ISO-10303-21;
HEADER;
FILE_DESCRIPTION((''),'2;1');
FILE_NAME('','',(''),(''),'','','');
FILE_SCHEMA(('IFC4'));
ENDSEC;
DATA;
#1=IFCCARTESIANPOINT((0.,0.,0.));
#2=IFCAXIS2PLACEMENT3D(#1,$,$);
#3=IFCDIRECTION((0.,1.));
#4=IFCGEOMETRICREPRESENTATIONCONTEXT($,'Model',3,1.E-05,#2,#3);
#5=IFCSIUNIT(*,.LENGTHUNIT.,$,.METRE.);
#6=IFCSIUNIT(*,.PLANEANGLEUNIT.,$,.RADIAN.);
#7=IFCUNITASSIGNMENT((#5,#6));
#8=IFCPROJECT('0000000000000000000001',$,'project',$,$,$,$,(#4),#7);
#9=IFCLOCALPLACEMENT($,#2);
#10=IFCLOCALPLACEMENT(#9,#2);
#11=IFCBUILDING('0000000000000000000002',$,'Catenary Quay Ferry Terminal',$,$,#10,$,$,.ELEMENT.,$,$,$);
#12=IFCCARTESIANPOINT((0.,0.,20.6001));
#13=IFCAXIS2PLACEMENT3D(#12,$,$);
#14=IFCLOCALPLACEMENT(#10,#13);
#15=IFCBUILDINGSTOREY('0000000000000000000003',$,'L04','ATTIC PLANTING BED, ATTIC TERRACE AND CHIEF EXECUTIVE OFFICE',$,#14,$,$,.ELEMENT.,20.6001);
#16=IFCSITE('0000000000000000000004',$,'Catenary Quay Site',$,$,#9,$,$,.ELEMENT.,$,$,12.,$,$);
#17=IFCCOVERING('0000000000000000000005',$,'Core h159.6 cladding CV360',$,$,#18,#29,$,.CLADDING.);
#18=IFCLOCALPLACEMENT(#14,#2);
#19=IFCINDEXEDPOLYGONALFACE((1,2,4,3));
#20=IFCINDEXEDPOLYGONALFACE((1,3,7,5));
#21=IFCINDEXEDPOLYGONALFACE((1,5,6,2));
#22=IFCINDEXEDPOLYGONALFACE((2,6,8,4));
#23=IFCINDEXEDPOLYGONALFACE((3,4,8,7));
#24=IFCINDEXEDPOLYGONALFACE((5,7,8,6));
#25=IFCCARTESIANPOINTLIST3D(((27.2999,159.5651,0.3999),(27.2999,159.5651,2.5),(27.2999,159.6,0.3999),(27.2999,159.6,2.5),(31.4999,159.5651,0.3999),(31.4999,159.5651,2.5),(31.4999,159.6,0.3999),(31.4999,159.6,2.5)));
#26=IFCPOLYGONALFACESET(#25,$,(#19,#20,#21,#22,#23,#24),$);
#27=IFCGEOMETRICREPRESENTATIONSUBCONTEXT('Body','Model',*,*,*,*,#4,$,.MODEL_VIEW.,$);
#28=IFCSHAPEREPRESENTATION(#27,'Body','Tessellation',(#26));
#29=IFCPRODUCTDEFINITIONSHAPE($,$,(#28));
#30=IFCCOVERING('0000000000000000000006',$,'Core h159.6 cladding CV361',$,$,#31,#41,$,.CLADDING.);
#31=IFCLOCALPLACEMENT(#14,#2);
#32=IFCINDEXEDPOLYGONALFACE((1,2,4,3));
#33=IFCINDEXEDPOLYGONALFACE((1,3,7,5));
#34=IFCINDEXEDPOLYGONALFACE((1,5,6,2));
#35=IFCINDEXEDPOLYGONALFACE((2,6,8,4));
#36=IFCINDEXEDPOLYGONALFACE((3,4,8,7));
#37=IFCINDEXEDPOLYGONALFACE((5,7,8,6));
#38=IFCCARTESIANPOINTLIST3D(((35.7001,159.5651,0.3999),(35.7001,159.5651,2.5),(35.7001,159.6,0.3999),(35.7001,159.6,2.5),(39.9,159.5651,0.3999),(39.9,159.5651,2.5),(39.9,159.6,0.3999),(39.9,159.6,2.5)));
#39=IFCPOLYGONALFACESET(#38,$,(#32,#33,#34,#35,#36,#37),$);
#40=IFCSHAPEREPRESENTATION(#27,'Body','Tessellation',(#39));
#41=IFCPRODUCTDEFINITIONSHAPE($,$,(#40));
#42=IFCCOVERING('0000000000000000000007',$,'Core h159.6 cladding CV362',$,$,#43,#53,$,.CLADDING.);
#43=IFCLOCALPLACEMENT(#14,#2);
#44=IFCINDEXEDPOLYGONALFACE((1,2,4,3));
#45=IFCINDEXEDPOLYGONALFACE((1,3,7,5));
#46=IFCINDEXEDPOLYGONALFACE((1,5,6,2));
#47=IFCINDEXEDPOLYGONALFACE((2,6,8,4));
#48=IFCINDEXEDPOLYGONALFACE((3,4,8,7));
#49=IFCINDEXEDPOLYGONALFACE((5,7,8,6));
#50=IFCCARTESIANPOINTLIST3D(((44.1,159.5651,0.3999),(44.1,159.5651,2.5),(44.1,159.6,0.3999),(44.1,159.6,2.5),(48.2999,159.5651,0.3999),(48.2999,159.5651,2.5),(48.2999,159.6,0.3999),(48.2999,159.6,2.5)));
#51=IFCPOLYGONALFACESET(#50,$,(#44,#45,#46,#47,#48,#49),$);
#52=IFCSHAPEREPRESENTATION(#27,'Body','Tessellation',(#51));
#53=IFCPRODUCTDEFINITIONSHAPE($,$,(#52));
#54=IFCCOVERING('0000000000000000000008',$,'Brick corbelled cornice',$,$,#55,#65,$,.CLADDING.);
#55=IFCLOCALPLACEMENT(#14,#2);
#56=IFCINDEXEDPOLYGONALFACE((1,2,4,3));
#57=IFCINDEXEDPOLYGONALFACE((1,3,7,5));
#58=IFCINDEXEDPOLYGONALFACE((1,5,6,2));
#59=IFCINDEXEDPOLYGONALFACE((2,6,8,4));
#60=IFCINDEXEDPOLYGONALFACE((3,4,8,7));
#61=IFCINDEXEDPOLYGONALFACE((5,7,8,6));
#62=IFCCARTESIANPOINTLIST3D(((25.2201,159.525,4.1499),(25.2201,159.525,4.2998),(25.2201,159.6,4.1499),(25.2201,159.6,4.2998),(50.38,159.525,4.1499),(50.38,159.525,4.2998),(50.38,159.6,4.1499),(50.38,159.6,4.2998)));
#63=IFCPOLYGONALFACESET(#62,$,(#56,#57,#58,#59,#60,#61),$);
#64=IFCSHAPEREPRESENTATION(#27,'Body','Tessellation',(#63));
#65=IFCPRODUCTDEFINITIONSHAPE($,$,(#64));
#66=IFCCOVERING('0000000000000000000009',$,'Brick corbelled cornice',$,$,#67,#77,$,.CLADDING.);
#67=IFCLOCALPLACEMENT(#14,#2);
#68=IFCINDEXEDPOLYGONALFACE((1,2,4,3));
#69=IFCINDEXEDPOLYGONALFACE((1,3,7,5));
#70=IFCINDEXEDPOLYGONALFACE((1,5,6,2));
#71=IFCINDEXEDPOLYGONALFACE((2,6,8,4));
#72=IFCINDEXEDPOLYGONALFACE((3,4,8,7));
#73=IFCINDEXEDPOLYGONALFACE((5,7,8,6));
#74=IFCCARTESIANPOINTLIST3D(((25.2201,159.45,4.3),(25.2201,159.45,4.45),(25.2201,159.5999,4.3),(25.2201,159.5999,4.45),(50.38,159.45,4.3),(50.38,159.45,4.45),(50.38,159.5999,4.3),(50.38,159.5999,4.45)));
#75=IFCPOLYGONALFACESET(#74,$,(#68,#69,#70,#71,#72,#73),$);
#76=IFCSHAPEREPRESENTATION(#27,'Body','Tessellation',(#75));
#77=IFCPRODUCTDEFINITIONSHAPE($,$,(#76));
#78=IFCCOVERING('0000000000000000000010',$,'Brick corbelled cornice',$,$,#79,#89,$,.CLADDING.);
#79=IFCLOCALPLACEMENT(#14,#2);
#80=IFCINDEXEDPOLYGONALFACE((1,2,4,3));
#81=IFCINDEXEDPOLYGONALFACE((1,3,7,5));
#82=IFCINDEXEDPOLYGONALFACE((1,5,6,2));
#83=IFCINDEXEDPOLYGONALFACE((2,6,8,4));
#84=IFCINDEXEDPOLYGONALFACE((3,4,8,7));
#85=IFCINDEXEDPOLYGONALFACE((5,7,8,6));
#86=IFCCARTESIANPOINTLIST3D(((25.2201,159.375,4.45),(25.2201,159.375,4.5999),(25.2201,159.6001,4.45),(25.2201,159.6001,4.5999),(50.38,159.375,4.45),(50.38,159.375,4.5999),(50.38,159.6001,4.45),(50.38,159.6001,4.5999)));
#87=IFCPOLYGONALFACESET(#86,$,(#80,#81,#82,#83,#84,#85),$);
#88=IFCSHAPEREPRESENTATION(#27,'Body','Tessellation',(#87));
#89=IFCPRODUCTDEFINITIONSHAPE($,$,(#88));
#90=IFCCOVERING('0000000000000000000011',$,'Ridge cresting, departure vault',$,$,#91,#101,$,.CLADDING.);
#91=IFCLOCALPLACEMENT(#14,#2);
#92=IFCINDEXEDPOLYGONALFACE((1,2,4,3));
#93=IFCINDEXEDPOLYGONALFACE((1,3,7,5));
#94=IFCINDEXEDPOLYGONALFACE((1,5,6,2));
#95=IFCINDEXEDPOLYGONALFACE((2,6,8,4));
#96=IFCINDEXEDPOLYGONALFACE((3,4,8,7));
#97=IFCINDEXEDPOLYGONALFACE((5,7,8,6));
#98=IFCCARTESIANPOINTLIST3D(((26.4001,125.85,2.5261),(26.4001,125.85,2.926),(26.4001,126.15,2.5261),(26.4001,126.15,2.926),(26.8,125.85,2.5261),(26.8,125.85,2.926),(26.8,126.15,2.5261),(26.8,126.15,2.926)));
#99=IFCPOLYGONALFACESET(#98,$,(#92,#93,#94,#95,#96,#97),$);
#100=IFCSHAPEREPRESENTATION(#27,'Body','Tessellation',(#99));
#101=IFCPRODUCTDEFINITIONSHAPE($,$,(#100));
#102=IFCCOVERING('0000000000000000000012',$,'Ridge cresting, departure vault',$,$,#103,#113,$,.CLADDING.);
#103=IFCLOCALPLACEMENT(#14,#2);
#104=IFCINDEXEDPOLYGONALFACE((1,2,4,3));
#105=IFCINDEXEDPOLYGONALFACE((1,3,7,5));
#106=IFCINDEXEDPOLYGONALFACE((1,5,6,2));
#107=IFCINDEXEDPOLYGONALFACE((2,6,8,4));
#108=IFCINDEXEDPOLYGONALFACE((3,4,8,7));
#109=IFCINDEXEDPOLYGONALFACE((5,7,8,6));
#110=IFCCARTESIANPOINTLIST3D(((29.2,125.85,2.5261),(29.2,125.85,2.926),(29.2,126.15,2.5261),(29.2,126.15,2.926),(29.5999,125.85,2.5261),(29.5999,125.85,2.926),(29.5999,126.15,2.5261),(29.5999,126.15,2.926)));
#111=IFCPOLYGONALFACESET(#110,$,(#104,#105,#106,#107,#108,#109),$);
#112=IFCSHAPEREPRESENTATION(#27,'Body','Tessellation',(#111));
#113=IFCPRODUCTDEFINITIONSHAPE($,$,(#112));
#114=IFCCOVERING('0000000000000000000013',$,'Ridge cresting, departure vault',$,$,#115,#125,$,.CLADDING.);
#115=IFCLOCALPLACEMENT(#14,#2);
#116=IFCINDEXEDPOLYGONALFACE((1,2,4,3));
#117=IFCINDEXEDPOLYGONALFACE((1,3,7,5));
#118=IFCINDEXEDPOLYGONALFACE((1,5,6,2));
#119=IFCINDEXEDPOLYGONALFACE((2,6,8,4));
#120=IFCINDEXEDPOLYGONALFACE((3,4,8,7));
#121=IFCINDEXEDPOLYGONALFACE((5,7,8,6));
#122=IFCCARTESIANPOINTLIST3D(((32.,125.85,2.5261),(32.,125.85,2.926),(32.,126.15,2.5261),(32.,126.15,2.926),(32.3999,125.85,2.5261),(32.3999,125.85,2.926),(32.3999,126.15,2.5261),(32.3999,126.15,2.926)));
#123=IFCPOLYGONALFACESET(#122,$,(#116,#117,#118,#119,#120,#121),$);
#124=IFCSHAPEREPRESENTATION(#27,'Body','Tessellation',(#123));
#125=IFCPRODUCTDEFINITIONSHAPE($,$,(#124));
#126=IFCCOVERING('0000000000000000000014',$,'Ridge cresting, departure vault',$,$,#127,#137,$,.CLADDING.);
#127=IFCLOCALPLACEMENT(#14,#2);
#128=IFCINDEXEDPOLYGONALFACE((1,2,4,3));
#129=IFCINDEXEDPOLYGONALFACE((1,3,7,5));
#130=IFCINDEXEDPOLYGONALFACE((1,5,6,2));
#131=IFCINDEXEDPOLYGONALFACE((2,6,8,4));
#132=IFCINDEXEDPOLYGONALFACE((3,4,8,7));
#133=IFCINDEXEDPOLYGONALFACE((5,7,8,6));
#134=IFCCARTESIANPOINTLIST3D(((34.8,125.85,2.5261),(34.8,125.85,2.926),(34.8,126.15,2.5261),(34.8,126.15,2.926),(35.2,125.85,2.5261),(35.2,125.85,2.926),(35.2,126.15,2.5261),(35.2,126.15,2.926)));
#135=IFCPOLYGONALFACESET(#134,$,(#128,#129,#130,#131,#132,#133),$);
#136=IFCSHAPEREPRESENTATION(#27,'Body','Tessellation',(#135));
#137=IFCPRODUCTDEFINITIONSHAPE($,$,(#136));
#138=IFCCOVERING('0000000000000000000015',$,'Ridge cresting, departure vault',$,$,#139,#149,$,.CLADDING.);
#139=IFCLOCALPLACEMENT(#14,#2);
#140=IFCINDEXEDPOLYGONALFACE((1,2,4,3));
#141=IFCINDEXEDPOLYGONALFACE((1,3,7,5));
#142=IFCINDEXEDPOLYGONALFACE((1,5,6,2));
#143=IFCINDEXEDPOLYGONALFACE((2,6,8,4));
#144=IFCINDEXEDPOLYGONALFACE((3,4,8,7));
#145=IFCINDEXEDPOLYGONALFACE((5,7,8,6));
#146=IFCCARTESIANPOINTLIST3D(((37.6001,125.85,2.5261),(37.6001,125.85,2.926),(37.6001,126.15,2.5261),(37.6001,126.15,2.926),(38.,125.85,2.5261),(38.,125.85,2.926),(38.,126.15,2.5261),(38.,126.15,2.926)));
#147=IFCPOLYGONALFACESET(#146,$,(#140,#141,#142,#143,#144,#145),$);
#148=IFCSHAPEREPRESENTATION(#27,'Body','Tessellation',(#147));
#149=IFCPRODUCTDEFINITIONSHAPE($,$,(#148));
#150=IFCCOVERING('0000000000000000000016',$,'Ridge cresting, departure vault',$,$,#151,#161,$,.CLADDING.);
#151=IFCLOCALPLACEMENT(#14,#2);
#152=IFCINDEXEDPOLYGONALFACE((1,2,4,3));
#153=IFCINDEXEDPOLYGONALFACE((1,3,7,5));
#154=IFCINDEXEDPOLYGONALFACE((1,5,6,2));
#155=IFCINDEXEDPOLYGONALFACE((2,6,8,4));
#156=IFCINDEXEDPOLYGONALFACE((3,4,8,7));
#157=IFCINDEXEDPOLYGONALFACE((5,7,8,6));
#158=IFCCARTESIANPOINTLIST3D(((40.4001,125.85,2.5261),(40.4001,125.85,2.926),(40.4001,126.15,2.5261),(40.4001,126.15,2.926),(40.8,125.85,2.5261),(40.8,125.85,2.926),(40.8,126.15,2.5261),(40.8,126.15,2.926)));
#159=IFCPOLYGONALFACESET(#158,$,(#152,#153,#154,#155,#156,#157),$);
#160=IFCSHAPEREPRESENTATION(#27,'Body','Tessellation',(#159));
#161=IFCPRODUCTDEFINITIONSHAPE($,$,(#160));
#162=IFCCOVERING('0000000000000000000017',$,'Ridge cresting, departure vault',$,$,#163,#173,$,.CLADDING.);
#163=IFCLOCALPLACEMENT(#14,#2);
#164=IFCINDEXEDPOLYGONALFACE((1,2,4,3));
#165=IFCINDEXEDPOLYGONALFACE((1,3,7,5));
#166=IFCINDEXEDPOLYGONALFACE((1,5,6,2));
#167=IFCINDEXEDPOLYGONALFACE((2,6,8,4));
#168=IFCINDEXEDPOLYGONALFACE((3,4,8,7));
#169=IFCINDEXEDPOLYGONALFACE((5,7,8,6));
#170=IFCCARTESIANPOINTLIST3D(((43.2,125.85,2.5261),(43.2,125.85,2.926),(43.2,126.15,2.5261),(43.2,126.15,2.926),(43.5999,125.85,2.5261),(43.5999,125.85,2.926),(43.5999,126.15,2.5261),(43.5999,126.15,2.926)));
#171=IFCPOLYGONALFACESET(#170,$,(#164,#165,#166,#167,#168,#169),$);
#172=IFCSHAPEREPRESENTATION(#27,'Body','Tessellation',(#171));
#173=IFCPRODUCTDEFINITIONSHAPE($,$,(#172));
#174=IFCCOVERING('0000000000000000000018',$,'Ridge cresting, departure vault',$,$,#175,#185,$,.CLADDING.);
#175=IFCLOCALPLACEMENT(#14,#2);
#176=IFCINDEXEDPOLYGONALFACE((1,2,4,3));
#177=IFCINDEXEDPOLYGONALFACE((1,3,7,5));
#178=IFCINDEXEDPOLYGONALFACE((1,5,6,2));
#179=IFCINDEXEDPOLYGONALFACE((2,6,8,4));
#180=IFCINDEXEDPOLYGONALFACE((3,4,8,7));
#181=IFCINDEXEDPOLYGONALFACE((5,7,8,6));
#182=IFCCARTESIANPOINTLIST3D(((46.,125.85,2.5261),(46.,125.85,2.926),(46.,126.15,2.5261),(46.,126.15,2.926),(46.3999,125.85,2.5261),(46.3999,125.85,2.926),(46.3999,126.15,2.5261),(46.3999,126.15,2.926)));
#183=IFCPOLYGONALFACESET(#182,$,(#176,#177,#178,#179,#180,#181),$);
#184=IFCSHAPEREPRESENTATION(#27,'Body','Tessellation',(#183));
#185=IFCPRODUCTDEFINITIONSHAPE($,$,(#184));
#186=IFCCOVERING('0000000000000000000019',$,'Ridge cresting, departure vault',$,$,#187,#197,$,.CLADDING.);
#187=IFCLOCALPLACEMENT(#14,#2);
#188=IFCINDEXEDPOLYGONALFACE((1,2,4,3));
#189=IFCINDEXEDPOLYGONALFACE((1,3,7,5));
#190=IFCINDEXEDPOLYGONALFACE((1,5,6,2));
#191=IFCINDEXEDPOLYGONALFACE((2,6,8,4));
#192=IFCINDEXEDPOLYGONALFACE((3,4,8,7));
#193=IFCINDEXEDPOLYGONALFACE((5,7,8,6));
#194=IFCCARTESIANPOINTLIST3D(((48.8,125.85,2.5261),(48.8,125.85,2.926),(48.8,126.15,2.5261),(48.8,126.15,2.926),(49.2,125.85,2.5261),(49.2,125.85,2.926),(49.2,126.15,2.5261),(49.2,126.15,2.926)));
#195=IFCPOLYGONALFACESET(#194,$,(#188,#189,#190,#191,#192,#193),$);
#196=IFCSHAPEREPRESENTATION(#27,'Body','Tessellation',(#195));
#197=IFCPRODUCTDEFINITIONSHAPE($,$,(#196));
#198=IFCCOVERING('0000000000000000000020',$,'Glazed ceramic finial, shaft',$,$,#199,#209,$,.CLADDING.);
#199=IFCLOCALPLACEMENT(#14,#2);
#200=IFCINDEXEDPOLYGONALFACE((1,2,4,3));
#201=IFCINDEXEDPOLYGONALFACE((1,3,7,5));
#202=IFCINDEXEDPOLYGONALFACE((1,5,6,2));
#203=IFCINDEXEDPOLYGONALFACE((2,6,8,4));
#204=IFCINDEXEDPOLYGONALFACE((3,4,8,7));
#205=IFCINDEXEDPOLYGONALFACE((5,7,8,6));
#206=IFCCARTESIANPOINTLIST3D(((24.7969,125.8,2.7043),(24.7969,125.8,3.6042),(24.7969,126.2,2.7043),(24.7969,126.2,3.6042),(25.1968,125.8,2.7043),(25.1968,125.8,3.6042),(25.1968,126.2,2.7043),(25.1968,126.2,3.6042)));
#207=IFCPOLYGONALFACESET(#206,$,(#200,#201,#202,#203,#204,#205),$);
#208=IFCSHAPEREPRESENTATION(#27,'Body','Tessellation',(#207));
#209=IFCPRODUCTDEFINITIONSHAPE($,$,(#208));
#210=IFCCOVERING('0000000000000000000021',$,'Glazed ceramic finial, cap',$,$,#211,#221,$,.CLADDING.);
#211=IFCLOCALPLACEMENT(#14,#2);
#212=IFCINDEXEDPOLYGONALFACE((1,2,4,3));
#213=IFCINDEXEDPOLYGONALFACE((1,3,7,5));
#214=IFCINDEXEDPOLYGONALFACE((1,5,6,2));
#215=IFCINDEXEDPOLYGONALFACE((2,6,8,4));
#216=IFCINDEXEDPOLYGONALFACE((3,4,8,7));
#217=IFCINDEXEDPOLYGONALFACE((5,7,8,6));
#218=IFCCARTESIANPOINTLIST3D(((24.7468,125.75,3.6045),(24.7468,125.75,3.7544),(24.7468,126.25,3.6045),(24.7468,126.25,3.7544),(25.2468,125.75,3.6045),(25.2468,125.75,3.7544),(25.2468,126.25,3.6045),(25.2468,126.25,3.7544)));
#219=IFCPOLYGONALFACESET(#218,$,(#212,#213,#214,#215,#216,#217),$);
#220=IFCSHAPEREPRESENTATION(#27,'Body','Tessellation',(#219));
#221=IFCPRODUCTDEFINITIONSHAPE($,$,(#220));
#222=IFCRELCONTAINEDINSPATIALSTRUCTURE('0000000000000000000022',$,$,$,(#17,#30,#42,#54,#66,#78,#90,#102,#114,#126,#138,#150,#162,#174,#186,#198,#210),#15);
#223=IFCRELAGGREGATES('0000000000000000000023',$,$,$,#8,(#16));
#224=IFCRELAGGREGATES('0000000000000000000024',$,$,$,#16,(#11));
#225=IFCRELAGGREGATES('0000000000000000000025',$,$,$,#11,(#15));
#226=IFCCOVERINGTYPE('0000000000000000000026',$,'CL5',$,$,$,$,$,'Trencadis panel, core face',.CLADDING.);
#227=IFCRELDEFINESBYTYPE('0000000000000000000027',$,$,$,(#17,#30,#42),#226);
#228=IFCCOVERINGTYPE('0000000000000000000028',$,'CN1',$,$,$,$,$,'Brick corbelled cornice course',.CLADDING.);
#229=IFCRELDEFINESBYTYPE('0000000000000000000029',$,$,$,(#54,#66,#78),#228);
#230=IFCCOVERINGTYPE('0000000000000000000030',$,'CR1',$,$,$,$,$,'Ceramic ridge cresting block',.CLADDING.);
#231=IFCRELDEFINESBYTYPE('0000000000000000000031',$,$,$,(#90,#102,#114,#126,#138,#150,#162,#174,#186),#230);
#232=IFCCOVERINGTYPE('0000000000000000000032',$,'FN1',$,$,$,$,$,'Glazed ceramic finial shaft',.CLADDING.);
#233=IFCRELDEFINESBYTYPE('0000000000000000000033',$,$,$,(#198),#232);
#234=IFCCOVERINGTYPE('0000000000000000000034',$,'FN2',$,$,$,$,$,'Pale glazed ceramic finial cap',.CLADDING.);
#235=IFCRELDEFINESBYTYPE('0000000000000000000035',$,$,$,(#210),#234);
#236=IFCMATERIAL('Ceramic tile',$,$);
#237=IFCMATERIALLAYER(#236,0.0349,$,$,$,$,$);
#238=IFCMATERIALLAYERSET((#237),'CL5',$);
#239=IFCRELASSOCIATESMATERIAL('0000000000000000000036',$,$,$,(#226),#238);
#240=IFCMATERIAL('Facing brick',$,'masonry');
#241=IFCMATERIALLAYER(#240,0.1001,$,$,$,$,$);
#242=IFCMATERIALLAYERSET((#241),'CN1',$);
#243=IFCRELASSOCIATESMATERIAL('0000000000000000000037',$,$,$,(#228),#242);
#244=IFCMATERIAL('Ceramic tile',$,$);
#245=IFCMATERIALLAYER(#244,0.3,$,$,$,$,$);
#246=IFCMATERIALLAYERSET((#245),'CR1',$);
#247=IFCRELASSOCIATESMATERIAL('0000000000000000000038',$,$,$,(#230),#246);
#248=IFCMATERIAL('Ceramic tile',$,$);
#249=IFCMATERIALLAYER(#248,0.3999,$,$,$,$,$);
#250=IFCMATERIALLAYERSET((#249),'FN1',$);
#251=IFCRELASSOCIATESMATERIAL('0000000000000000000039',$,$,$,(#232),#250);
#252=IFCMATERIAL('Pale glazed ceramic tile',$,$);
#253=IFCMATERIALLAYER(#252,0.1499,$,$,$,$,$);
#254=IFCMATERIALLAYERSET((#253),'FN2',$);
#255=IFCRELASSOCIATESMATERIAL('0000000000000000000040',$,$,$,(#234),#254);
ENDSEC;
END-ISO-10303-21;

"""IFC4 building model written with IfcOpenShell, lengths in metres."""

from ifc_helpers import new_model, si_unit, direction, frame, origin, origin_2d, place, context, subcontext, project, spatial, rectangle, extrude, material, layer, layer_set, type_object, element, save


model = new_model("IFC4")

# Units and contexts
model_context = context("Model", 3, precision=1e-05, world=origin(), true_north=direction((0.0, 1.0)))
body_context = subcontext(model_context, "Body", "Model", "MODEL_VIEW")
ifc_project = project(units=[si_unit("LENGTHUNIT", "METRE"), si_unit("PLANEANGLEUNIT", "RADIAN")], contexts=[model_context])

# Site, building, storey
site_placement = place(None, origin())
site = spatial("IfcSite", under=ifc_project, at=site_placement, Name="Catenary Quay Site", CompositionType="ELEMENT", RefElevation=12.0)
building_placement = place(site_placement, origin())
building = spatial("IfcBuilding", under=site, at=building_placement, Name="Catenary Quay Ferry Terminal", CompositionType="ELEMENT")
storey_placement = place(building_placement, frame((0.0, 0.0, 20.6001)))
storey = spatial("IfcBuildingStorey", under=building, at=storey_placement, Name="L04", Description="ATTIC PLANTING BED, ATTIC TERRACE AND CHIEF EXECUTIVE OFFICE", CompositionType="ELEMENT", Elevation=20.6001)

# Coverings
ifc_material_1 = material(Name="Ceramic tile")
ifc_layer_1 = layer(ifc_material_1, 0.0349)
ifc_layer_set_1 = layer_set([ifc_layer_1], Name="CL5")
covering_type_1 = type_object("IfcCoveringType", Name="CL5", ElementType="Trencadis panel, core face", PredefinedType="CLADDING", material=ifc_layer_set_1)
for number, where, z_axis, x_axis, name in (
    (1, (29.3999, 159.5825, 0.3999), (0.0, 0.0, 1.0), (1.0, 0.0, 0.0), "Core h159.6 cladding CV360"),
    (2, (37.8, 159.5825, 0.3999), (0.0, 0.0, 1.0), (1.0, 0.0, 0.0), "Core h159.6 cladding CV361"),
    (3, (46.2, 159.5825, 0.3999), (0.0, 0.0, 1.0), (1.0, 0.0, 0.0), "Core h159.6 cladding CV362"),
):
    element("IfcCovering", number, at=place(storey_placement, frame(where, z_axis=z_axis, x_axis=x_axis)), inside=storey, type_object=covering_type_1, Name=name, PredefinedType="CLADDING", context=body_context, shape_type="SweptSolid", body=[
        extrude(rectangle(XDim=4.2, YDim=0.0349, at=origin_2d()), origin(), (0.0, 0.0, 1.0), 2.1001),
    ])
ifc_material_2 = material(Name="Facing brick", Category="masonry")
ifc_layer_2 = layer(ifc_material_2, 0.1001)
ifc_layer_set_2 = layer_set([ifc_layer_2], Name="CN1")
covering_type_2 = type_object("IfcCoveringType", Name="CN1", ElementType="Brick corbelled cornice course", PredefinedType="CLADDING", material=ifc_layer_set_2)
covering_1_placement = place(storey_placement, frame((37.8, 159.5625, 4.1499), z_axis=(0.0, 0.0, 1.0), x_axis=(1.0, 0.0, 0.0)))
element("IfcCovering", 4, at=covering_1_placement, inside=storey, type_object=covering_type_2, Name="Brick corbelled cornice", PredefinedType="CLADDING", context=body_context, shape_type="SweptSolid", body=[
    extrude(rectangle(XDim=25.1599, YDim=0.075, at=origin_2d()), origin(), (0.0, 0.0, 1.0), 0.1499),
])
covering_2_placement = place(storey_placement, frame((37.8, 159.5249, 4.3), z_axis=(0.0, 0.0, 1.0), x_axis=(1.0, 0.0, 0.0)))
element("IfcCovering", 5, at=covering_2_placement, inside=storey, type_object=covering_type_2, Name="Brick corbelled cornice", PredefinedType="CLADDING", context=body_context, shape_type="SweptSolid", body=[
    extrude(rectangle(XDim=25.1599, YDim=0.1499, at=origin_2d()), origin(), (0.0, 0.0, 1.0), 0.1499),
])
covering_3_placement = place(storey_placement, frame((37.8, 159.4875, 4.45), z_axis=(0.0, 0.0, 1.0), x_axis=(1.0, 0.0, 0.0)))
element("IfcCovering", 6, at=covering_3_placement, inside=storey, type_object=covering_type_2, Name="Brick corbelled cornice", PredefinedType="CLADDING", context=body_context, shape_type="SweptSolid", body=[
    extrude(rectangle(XDim=25.1599, YDim=0.2251, at=origin_2d()), origin(), (0.0, 0.0, 1.0), 0.1499),
])
ifc_material_3 = material(Name="Ceramic tile")
ifc_layer_3 = layer(ifc_material_3, 0.3)
ifc_layer_set_3 = layer_set([ifc_layer_3], Name="CR1")
covering_type_3 = type_object("IfcCoveringType", Name="CR1", ElementType="Ceramic ridge cresting block", PredefinedType="CLADDING", material=ifc_layer_set_3)
for number, where, z_axis, x_axis, name in (
    (7, (26.6001, 126.0, 2.5261), (0.0, 0.0, 1.0), (1.0, 0.0, 0.0), "Ridge cresting, departure vault"),
    (8, (29.3999, 126.0, 2.5261), (0.0, 0.0, 1.0), (1.0, 0.0, 0.0), "Ridge cresting, departure vault"),
    (9, (32.2, 126.0, 2.5261), (0.0, 0.0, 1.0), (1.0, 0.0, 0.0), "Ridge cresting, departure vault"),
    (10, (35.0, 126.0, 2.5261), (0.0, 0.0, 1.0), (1.0, 0.0, 0.0), "Ridge cresting, departure vault"),
    (11, (37.8, 126.0, 2.5261), (0.0, 0.0, 1.0), (1.0, 0.0, 0.0), "Ridge cresting, departure vault"),
    (12, (40.6001, 126.0, 2.5261), (0.0, 0.0, 1.0), (1.0, 0.0, 0.0), "Ridge cresting, departure vault"),
    (13, (43.3999, 126.0, 2.5261), (0.0, 0.0, 1.0), (1.0, 0.0, 0.0), "Ridge cresting, departure vault"),
    (14, (46.2, 126.0, 2.5261), (0.0, 0.0, 1.0), (1.0, 0.0, 0.0), "Ridge cresting, departure vault"),
    (15, (49.0, 126.0, 2.5261), (0.0, 0.0, 1.0), (1.0, 0.0, 0.0), "Ridge cresting, departure vault"),
):
    element("IfcCovering", number, at=place(storey_placement, frame(where, z_axis=z_axis, x_axis=x_axis)), inside=storey, type_object=covering_type_3, Name=name, PredefinedType="CLADDING", context=body_context, shape_type="SweptSolid", body=[
        extrude(rectangle(XDim=0.3999, YDim=0.3, at=origin_2d()), origin(), (0.0, 0.0, 1.0), 0.3999),
    ])
ifc_material_4 = material(Name="Ceramic tile")
ifc_layer_4 = layer(ifc_material_4, 0.3999)
ifc_layer_set_4 = layer_set([ifc_layer_4], Name="FN1")
covering_type_4 = type_object("IfcCoveringType", Name="FN1", ElementType="Glazed ceramic finial shaft", PredefinedType="CLADDING", material=ifc_layer_set_4)
covering_4_placement = place(storey_placement, frame((24.9968, 126.0, 2.7043), z_axis=(0.0, 0.0, 1.0), x_axis=(1.0, 0.0, 0.0)))
element("IfcCovering", 16, at=covering_4_placement, inside=storey, type_object=covering_type_4, Name="Glazed ceramic finial, shaft", PredefinedType="CLADDING", context=body_context, shape_type="SweptSolid", body=[
    extrude(rectangle(XDim=0.3999, YDim=0.3999, at=origin_2d()), origin(), (0.0, 0.0, 1.0), 0.8999),
])
ifc_material_5 = material(Name="Pale glazed ceramic tile")
ifc_layer_5 = layer(ifc_material_5, 0.1499)
ifc_layer_set_5 = layer_set([ifc_layer_5], Name="FN2")
covering_type_5 = type_object("IfcCoveringType", Name="FN2", ElementType="Pale glazed ceramic finial cap", PredefinedType="CLADDING", material=ifc_layer_set_5)
covering_5_placement = place(storey_placement, frame((24.9968, 126.0, 3.6045), z_axis=(0.0, 0.0, 1.0), x_axis=(1.0, 0.0, 0.0)))
element("IfcCovering", 17, at=covering_5_placement, inside=storey, type_object=covering_type_5, Name="Glazed ceramic finial, cap", PredefinedType="CLADDING", context=body_context, shape_type="SweptSolid", body=[
    extrude(rectangle(XDim=0.5, YDim=0.5, at=origin_2d()), origin(), (0.0, 0.0, 1.0), 0.1499),
])

save(model, "model.ifc")
